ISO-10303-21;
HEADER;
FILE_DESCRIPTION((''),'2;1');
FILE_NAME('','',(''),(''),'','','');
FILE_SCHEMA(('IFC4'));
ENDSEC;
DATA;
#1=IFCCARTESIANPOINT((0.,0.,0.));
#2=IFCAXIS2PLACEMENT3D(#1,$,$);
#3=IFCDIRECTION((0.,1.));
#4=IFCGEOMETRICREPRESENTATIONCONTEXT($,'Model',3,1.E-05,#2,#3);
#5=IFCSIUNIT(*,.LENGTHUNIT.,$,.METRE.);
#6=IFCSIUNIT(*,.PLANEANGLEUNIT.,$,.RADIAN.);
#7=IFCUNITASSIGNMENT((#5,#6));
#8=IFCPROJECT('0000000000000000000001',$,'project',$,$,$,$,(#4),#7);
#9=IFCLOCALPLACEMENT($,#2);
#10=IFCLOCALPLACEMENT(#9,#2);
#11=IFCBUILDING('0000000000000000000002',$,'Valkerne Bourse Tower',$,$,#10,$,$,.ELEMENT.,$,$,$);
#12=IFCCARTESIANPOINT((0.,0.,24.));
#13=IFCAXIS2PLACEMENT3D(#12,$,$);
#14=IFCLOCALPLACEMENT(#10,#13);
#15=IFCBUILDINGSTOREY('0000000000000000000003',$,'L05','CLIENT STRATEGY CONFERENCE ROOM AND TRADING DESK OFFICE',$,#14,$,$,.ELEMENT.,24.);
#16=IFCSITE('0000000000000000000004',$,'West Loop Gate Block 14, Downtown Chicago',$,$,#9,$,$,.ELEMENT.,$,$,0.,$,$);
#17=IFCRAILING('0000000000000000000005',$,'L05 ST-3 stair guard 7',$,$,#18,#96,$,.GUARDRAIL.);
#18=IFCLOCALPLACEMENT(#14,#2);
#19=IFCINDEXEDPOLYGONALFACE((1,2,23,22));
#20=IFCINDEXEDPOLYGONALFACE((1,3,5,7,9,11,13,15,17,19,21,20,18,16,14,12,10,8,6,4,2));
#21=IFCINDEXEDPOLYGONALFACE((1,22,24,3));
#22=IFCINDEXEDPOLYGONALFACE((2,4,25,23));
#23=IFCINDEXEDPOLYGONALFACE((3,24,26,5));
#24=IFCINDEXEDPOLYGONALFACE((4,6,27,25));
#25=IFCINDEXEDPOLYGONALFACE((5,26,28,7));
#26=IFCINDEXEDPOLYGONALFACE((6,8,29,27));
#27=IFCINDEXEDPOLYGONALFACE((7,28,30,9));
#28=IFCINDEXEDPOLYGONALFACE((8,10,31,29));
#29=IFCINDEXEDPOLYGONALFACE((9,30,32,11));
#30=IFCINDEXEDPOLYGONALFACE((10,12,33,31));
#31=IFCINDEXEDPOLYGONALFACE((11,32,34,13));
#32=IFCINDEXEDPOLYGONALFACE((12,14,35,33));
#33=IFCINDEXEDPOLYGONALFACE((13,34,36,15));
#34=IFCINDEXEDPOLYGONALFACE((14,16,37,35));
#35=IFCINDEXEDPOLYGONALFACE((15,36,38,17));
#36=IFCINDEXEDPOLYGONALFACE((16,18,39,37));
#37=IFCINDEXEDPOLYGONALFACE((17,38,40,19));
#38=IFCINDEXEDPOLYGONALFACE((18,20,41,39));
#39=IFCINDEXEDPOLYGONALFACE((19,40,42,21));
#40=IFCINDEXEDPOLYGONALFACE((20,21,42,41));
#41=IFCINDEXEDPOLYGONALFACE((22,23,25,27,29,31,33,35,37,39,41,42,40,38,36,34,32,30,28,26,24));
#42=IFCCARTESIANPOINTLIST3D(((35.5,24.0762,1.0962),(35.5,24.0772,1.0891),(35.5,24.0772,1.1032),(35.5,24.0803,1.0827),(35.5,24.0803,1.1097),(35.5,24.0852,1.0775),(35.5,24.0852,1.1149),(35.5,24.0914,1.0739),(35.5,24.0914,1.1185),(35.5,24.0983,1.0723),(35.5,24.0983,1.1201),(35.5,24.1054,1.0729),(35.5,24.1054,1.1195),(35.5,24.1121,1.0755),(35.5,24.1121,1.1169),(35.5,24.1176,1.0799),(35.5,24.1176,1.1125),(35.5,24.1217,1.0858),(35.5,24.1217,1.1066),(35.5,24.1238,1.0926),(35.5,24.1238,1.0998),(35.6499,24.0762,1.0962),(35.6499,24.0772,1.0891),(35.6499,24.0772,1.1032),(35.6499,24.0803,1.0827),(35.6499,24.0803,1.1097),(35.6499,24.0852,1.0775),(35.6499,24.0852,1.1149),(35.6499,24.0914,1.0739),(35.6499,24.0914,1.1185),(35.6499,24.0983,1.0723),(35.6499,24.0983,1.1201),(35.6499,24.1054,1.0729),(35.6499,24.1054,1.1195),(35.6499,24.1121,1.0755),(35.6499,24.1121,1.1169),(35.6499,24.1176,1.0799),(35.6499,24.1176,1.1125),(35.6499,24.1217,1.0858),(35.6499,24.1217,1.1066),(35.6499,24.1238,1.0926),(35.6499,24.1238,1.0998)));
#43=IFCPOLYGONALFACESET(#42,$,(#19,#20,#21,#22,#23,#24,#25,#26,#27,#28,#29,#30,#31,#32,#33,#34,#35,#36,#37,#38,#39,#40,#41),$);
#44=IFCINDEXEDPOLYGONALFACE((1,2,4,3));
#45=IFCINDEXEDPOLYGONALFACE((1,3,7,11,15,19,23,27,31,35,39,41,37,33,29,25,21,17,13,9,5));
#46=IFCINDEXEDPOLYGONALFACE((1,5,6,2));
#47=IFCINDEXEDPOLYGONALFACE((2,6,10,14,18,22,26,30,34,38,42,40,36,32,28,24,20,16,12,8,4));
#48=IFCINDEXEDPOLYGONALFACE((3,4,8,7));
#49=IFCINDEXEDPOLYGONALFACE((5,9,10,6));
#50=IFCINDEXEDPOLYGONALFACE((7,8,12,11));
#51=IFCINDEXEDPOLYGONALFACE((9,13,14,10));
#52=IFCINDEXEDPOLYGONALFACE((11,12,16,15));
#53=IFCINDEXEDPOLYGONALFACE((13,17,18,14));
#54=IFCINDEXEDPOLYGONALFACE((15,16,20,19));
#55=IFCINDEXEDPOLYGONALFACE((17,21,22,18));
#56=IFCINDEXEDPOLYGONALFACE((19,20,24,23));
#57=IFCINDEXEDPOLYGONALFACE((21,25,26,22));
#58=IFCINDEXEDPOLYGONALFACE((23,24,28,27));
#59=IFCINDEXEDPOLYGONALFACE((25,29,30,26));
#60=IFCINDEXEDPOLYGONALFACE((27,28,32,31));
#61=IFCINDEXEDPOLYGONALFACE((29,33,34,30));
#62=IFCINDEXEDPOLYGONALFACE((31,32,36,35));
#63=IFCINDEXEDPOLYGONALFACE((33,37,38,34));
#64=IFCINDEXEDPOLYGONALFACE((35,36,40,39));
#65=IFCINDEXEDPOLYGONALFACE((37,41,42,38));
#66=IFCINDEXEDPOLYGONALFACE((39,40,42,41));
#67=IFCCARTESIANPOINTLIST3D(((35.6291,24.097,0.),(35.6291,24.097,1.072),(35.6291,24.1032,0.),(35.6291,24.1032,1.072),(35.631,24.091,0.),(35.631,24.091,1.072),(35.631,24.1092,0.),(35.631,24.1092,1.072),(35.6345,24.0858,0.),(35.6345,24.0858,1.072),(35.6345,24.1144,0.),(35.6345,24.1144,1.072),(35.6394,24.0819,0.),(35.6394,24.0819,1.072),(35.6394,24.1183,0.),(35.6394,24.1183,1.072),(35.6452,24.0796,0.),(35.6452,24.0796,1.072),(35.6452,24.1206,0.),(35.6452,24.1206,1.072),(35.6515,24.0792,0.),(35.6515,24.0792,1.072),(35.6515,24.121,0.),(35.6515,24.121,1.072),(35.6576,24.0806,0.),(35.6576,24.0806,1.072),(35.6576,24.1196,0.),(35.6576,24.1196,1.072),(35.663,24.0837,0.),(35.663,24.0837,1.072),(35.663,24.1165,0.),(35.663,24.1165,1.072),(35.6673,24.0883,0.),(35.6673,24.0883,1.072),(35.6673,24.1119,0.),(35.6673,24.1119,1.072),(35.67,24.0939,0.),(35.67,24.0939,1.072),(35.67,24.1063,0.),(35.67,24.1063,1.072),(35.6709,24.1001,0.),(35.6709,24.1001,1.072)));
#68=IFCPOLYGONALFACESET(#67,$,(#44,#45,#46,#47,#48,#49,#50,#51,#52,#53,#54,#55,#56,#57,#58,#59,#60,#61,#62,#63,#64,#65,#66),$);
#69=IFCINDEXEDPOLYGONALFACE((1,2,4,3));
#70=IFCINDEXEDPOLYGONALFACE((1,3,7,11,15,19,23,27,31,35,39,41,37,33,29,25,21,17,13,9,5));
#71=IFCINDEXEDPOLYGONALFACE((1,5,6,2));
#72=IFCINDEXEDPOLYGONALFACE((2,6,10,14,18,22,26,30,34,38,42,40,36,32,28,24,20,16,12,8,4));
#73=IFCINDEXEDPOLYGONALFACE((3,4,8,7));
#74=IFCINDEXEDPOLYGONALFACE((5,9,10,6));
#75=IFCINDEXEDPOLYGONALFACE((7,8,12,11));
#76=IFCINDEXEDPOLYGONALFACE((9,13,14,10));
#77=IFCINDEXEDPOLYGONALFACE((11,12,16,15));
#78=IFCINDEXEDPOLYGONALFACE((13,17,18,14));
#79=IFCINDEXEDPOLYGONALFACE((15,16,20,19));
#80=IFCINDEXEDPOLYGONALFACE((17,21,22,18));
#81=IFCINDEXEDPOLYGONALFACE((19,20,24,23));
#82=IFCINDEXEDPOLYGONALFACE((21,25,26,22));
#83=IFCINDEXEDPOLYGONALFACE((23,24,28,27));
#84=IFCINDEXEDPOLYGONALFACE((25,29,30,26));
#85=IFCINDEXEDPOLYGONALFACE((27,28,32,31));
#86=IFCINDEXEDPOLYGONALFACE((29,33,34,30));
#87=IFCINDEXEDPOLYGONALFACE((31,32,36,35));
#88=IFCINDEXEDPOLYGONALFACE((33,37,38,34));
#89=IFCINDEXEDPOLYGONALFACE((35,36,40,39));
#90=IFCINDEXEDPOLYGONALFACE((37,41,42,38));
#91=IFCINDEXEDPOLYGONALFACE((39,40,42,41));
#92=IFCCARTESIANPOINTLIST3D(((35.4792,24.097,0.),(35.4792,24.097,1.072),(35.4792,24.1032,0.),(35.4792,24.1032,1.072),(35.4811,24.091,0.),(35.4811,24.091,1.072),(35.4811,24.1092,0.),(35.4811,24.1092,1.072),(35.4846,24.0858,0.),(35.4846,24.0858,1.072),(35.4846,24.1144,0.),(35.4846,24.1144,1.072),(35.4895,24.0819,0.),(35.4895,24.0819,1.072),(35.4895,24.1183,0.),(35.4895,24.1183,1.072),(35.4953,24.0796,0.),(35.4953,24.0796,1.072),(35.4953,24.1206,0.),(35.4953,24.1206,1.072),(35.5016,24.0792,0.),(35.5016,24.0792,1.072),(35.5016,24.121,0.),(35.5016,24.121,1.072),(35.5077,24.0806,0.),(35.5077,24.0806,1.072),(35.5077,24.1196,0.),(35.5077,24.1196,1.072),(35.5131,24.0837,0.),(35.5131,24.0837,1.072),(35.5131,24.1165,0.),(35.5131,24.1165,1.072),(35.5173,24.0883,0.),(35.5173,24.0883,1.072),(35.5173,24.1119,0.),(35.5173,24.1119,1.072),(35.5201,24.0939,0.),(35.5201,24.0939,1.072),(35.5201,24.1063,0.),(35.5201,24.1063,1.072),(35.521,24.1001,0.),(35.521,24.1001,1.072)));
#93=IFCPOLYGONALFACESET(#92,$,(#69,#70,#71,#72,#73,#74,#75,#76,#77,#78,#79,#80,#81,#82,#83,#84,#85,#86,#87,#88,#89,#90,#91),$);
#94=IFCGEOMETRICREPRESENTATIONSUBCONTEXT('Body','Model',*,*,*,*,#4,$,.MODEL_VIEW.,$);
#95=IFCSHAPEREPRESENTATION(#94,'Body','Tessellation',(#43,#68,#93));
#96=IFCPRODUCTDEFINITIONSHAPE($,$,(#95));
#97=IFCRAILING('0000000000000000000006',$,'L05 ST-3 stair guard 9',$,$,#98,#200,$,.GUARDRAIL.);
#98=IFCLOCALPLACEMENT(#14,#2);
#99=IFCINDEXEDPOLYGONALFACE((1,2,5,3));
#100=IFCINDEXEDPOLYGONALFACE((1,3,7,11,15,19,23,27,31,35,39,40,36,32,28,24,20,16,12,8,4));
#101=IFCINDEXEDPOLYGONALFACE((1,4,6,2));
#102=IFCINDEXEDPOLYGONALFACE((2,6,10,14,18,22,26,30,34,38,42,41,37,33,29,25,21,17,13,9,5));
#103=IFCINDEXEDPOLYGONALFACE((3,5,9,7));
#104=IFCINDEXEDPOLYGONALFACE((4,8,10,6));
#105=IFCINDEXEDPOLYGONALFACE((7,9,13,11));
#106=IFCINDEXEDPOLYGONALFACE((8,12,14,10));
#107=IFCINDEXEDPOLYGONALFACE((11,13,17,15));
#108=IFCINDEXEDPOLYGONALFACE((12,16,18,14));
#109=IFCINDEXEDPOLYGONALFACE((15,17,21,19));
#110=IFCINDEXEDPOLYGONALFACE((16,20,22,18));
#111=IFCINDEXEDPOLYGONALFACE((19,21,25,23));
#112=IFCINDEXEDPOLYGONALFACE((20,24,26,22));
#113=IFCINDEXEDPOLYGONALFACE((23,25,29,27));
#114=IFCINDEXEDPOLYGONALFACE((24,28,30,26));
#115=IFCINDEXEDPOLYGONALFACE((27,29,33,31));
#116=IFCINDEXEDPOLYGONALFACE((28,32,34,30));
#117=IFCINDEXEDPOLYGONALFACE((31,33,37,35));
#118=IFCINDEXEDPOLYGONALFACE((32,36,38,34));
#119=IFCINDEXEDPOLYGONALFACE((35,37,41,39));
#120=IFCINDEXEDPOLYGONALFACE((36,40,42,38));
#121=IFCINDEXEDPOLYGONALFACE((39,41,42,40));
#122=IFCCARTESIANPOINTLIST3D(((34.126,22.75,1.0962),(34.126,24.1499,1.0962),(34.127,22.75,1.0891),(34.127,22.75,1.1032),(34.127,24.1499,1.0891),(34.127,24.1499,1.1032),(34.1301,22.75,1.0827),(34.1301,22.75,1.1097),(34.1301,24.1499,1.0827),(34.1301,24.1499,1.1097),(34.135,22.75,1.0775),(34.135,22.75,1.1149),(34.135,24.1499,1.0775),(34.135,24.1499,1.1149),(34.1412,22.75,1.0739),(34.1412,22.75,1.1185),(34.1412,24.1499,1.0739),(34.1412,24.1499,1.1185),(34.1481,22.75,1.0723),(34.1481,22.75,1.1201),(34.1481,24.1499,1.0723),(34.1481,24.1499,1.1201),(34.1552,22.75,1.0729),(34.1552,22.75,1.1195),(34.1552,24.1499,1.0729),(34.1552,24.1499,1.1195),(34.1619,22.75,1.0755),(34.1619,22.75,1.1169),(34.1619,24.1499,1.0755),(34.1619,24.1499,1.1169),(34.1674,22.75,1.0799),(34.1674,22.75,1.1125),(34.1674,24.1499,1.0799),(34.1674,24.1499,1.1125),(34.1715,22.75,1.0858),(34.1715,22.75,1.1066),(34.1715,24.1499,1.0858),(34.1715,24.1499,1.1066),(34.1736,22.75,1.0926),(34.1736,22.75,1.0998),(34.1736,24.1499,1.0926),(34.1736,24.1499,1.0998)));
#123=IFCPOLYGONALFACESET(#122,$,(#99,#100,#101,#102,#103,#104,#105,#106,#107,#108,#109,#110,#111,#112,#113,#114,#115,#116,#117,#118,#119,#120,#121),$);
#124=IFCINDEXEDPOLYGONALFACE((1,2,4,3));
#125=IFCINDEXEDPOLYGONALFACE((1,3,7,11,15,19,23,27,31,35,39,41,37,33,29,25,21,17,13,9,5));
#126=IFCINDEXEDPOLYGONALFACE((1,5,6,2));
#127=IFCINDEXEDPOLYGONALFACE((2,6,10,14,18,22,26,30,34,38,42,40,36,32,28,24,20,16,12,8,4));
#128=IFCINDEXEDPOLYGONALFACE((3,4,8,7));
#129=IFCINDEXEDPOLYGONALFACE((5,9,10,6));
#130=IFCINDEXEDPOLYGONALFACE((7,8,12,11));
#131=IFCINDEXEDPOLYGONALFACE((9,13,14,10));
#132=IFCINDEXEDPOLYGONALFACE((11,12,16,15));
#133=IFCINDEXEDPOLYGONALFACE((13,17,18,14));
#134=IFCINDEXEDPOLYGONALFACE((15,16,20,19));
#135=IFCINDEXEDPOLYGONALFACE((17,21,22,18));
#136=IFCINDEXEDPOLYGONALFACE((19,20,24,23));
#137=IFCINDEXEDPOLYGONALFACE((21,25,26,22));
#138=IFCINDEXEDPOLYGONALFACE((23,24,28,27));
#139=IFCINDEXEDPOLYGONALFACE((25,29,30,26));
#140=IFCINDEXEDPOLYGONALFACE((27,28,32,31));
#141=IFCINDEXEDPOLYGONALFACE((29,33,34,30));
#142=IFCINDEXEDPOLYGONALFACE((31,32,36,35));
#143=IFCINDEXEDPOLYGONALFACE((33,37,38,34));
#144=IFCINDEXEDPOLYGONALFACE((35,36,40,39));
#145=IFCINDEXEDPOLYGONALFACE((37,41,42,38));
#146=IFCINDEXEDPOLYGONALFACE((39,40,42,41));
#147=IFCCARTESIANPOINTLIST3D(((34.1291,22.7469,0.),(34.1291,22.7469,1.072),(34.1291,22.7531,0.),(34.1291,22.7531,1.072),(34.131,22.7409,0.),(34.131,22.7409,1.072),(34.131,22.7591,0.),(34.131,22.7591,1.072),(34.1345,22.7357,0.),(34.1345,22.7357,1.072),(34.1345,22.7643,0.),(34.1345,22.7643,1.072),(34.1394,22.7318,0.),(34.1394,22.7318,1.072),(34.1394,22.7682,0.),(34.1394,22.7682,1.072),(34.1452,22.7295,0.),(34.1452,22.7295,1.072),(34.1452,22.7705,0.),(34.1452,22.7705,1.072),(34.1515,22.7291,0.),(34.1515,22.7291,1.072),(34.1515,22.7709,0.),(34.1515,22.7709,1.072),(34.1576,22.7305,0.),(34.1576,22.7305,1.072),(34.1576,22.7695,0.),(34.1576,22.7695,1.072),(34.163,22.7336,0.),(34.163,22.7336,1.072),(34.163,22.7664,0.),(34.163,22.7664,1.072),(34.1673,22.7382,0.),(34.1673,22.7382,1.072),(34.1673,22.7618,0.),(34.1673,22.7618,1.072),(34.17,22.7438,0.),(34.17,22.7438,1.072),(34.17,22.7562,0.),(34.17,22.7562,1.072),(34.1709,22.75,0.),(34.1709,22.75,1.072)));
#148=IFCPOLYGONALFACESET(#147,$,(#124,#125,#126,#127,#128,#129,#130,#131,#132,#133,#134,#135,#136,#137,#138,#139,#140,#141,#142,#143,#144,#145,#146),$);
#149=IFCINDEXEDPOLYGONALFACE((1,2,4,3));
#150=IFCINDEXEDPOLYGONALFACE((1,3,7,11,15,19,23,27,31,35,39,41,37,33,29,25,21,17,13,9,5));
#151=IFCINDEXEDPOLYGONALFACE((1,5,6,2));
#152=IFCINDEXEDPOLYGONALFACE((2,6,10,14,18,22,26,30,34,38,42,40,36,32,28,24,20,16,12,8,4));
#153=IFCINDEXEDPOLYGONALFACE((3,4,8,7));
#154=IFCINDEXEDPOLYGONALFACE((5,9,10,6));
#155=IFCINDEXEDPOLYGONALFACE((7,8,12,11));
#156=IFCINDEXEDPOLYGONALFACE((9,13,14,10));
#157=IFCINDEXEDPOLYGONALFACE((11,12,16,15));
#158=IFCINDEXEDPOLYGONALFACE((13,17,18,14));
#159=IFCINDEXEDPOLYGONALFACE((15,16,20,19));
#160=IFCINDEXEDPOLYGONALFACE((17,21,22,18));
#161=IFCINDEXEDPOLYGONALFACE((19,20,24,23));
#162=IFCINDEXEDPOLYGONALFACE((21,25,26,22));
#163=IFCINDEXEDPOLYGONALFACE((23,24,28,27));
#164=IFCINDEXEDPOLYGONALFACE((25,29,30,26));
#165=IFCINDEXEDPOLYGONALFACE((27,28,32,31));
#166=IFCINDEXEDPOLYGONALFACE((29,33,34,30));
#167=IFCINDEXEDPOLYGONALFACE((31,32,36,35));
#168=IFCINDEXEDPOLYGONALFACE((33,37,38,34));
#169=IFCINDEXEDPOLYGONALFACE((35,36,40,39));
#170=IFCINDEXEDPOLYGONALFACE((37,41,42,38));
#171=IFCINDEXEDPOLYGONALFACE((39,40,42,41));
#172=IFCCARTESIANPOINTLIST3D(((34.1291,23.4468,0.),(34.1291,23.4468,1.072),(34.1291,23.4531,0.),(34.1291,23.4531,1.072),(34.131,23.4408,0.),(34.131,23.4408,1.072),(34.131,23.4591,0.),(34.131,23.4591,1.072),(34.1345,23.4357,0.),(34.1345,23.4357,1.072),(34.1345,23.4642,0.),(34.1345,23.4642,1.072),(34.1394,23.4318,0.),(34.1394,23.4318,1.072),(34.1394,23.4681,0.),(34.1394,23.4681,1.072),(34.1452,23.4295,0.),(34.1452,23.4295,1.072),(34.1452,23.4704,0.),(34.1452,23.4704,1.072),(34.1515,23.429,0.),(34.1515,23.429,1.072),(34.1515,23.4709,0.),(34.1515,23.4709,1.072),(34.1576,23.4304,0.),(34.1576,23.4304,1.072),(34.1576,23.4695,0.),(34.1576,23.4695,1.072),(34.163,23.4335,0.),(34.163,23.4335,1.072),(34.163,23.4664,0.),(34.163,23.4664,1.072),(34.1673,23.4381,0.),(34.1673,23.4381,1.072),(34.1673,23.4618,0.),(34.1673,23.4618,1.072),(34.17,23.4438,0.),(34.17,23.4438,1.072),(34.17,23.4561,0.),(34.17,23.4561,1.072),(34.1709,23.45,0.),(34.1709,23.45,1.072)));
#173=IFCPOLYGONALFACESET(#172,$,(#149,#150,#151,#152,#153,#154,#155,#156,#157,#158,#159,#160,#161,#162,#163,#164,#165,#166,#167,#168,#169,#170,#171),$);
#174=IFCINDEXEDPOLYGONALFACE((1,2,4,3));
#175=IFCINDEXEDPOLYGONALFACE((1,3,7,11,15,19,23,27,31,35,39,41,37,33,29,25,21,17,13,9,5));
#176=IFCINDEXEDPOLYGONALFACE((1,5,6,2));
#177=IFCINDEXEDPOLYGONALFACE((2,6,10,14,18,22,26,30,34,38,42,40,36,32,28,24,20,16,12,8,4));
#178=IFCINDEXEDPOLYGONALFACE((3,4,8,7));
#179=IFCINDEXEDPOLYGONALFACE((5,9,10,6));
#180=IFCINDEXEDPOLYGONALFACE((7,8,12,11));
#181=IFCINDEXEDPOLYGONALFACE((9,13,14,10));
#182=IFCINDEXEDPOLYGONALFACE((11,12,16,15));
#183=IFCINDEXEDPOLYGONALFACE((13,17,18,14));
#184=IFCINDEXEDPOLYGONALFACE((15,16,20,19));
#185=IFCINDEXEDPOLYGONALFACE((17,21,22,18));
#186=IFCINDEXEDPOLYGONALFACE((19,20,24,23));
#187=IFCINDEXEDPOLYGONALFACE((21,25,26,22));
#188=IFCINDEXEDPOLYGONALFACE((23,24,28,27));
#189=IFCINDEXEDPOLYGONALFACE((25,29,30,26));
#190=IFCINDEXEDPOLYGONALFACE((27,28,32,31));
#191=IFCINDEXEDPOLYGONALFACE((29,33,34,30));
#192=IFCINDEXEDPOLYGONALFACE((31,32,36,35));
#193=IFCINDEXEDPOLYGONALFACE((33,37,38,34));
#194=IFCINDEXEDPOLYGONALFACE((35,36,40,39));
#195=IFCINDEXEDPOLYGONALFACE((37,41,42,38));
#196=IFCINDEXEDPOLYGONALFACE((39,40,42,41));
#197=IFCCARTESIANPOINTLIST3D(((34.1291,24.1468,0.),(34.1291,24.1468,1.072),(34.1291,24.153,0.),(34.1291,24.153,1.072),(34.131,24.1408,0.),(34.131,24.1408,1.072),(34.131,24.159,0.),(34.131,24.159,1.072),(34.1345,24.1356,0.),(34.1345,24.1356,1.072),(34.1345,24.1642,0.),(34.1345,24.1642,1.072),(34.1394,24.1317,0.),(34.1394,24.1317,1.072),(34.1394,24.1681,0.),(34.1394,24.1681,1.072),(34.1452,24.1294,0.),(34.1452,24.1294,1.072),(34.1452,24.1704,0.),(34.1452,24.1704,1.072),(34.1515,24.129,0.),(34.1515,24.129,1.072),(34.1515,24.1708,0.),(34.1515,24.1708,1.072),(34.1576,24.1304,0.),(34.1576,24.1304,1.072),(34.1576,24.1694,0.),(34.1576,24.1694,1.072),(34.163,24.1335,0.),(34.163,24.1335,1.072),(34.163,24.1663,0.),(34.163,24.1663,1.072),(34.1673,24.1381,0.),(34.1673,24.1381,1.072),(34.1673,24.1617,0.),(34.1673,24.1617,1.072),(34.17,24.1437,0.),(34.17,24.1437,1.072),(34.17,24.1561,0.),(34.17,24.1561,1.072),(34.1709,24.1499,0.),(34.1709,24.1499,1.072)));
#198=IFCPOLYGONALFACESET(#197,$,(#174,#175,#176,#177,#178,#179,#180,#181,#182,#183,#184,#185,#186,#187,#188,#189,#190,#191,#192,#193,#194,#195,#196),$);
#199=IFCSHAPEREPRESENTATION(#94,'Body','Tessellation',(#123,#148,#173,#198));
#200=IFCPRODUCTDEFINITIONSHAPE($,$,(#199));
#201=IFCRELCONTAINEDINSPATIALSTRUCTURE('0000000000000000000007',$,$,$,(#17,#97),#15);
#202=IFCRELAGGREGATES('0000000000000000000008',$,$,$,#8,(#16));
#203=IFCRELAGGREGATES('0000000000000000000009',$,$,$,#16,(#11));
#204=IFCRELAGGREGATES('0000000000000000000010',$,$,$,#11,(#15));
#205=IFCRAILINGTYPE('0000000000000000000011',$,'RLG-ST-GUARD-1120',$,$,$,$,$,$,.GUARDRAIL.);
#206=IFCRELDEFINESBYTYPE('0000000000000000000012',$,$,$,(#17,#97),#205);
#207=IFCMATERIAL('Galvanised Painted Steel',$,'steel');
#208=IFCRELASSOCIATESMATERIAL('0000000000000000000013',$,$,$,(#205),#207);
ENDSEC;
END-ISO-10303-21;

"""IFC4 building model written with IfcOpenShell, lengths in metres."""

from ifc_helpers import new_model, si_unit, direction, frame, origin, origin_2d, place, context, subcontext, project, spatial, circle, extrude, material, type_object, element, save


model = new_model("IFC4")

# Units and contexts
model_context = context("Model", 3, precision=1e-05, world=origin(), true_north=direction((0.0, 1.0)))
body_context = subcontext(model_context, "Body", "Model", "MODEL_VIEW")
ifc_project = project(units=[si_unit("LENGTHUNIT", "METRE"), si_unit("PLANEANGLEUNIT", "RADIAN")], contexts=[model_context])

# Site, building, storey
site_placement = place(None, origin())
site = spatial("IfcSite", under=ifc_project, at=site_placement, Name="West Loop Gate Block 14, Downtown Chicago", CompositionType="ELEMENT", RefElevation=0.0)
building_placement = place(site_placement, origin())
building = spatial("IfcBuilding", under=site, at=building_placement, Name="Valkerne Bourse Tower", CompositionType="ELEMENT")
storey_placement = place(building_placement, frame((0.0, 0.0, 24.0)))
storey = spatial("IfcBuildingStorey", under=building, at=storey_placement, Name="L05", Description="CLIENT STRATEGY CONFERENCE ROOM AND TRADING DESK OFFICE", CompositionType="ELEMENT", Elevation=24.0)

# Shared definitions
ifc_material_1 = material(Name="Galvanised Painted Steel", Category="steel")

# Railings
railing_type_1 = type_object("IfcRailingType", Name="RLG-ST-GUARD-1120", PredefinedType="GUARDRAIL", material=ifc_material_1)
railing_1_placement = place(storey_placement, frame((35.6499, 24.1001, 0.0)))
element("IfcRailing", 1, at=railing_1_placement, inside=storey, type_object=railing_type_1, Name="L05 ST-3 stair guard 7", PredefinedType="GUARDRAIL", context=body_context, shape_type="SweptSolid", body=[
    extrude(circle(Radius=0.0239, at=origin_2d()), frame((0.0, 0.0, 1.0962), z_axis=(-1.0, 0.0, 0.0), x_axis=(0.0, -1.0, 0.0)), (0.0, 0.0, 1.0), 0.1499),
    extrude(circle(Radius=0.021, at=origin_2d()), origin(), (0.0, 0.0, 1.0), 1.072),
    extrude(circle(Radius=0.021, at=origin_2d()), frame((-0.1499, 0.0, 0.0)), (0.0, 0.0, 1.0), 1.072),
])
railing_2_placement = place(storey_placement, frame((34.1499, 22.75, 0.0)))
element("IfcRailing", 2, at=railing_2_placement, inside=storey, type_object=railing_type_1, Name="L05 ST-3 stair guard 9", PredefinedType="GUARDRAIL", context=body_context, shape_type="SweptSolid", body=[
    extrude(circle(Radius=0.0239, at=origin_2d()), frame((0.0, 0.0, 1.0962), z_axis=(0.0, 1.0, 0.0), x_axis=(-1.0, 0.0, 0.0)), (0.0, 0.0, 1.0), 1.3999),
    extrude(circle(Radius=0.021, at=origin_2d()), origin(), (0.0, 0.0, 1.0), 1.072),
    extrude(circle(Radius=0.021, at=origin_2d()), frame((0.0, 0.7, 0.0)), (0.0, 0.0, 1.0), 1.072),
    extrude(circle(Radius=0.021, at=origin_2d()), frame((0.0, 1.3999, 0.0)), (0.0, 0.0, 1.0), 1.072),
])

save(model, "model.ifc")
